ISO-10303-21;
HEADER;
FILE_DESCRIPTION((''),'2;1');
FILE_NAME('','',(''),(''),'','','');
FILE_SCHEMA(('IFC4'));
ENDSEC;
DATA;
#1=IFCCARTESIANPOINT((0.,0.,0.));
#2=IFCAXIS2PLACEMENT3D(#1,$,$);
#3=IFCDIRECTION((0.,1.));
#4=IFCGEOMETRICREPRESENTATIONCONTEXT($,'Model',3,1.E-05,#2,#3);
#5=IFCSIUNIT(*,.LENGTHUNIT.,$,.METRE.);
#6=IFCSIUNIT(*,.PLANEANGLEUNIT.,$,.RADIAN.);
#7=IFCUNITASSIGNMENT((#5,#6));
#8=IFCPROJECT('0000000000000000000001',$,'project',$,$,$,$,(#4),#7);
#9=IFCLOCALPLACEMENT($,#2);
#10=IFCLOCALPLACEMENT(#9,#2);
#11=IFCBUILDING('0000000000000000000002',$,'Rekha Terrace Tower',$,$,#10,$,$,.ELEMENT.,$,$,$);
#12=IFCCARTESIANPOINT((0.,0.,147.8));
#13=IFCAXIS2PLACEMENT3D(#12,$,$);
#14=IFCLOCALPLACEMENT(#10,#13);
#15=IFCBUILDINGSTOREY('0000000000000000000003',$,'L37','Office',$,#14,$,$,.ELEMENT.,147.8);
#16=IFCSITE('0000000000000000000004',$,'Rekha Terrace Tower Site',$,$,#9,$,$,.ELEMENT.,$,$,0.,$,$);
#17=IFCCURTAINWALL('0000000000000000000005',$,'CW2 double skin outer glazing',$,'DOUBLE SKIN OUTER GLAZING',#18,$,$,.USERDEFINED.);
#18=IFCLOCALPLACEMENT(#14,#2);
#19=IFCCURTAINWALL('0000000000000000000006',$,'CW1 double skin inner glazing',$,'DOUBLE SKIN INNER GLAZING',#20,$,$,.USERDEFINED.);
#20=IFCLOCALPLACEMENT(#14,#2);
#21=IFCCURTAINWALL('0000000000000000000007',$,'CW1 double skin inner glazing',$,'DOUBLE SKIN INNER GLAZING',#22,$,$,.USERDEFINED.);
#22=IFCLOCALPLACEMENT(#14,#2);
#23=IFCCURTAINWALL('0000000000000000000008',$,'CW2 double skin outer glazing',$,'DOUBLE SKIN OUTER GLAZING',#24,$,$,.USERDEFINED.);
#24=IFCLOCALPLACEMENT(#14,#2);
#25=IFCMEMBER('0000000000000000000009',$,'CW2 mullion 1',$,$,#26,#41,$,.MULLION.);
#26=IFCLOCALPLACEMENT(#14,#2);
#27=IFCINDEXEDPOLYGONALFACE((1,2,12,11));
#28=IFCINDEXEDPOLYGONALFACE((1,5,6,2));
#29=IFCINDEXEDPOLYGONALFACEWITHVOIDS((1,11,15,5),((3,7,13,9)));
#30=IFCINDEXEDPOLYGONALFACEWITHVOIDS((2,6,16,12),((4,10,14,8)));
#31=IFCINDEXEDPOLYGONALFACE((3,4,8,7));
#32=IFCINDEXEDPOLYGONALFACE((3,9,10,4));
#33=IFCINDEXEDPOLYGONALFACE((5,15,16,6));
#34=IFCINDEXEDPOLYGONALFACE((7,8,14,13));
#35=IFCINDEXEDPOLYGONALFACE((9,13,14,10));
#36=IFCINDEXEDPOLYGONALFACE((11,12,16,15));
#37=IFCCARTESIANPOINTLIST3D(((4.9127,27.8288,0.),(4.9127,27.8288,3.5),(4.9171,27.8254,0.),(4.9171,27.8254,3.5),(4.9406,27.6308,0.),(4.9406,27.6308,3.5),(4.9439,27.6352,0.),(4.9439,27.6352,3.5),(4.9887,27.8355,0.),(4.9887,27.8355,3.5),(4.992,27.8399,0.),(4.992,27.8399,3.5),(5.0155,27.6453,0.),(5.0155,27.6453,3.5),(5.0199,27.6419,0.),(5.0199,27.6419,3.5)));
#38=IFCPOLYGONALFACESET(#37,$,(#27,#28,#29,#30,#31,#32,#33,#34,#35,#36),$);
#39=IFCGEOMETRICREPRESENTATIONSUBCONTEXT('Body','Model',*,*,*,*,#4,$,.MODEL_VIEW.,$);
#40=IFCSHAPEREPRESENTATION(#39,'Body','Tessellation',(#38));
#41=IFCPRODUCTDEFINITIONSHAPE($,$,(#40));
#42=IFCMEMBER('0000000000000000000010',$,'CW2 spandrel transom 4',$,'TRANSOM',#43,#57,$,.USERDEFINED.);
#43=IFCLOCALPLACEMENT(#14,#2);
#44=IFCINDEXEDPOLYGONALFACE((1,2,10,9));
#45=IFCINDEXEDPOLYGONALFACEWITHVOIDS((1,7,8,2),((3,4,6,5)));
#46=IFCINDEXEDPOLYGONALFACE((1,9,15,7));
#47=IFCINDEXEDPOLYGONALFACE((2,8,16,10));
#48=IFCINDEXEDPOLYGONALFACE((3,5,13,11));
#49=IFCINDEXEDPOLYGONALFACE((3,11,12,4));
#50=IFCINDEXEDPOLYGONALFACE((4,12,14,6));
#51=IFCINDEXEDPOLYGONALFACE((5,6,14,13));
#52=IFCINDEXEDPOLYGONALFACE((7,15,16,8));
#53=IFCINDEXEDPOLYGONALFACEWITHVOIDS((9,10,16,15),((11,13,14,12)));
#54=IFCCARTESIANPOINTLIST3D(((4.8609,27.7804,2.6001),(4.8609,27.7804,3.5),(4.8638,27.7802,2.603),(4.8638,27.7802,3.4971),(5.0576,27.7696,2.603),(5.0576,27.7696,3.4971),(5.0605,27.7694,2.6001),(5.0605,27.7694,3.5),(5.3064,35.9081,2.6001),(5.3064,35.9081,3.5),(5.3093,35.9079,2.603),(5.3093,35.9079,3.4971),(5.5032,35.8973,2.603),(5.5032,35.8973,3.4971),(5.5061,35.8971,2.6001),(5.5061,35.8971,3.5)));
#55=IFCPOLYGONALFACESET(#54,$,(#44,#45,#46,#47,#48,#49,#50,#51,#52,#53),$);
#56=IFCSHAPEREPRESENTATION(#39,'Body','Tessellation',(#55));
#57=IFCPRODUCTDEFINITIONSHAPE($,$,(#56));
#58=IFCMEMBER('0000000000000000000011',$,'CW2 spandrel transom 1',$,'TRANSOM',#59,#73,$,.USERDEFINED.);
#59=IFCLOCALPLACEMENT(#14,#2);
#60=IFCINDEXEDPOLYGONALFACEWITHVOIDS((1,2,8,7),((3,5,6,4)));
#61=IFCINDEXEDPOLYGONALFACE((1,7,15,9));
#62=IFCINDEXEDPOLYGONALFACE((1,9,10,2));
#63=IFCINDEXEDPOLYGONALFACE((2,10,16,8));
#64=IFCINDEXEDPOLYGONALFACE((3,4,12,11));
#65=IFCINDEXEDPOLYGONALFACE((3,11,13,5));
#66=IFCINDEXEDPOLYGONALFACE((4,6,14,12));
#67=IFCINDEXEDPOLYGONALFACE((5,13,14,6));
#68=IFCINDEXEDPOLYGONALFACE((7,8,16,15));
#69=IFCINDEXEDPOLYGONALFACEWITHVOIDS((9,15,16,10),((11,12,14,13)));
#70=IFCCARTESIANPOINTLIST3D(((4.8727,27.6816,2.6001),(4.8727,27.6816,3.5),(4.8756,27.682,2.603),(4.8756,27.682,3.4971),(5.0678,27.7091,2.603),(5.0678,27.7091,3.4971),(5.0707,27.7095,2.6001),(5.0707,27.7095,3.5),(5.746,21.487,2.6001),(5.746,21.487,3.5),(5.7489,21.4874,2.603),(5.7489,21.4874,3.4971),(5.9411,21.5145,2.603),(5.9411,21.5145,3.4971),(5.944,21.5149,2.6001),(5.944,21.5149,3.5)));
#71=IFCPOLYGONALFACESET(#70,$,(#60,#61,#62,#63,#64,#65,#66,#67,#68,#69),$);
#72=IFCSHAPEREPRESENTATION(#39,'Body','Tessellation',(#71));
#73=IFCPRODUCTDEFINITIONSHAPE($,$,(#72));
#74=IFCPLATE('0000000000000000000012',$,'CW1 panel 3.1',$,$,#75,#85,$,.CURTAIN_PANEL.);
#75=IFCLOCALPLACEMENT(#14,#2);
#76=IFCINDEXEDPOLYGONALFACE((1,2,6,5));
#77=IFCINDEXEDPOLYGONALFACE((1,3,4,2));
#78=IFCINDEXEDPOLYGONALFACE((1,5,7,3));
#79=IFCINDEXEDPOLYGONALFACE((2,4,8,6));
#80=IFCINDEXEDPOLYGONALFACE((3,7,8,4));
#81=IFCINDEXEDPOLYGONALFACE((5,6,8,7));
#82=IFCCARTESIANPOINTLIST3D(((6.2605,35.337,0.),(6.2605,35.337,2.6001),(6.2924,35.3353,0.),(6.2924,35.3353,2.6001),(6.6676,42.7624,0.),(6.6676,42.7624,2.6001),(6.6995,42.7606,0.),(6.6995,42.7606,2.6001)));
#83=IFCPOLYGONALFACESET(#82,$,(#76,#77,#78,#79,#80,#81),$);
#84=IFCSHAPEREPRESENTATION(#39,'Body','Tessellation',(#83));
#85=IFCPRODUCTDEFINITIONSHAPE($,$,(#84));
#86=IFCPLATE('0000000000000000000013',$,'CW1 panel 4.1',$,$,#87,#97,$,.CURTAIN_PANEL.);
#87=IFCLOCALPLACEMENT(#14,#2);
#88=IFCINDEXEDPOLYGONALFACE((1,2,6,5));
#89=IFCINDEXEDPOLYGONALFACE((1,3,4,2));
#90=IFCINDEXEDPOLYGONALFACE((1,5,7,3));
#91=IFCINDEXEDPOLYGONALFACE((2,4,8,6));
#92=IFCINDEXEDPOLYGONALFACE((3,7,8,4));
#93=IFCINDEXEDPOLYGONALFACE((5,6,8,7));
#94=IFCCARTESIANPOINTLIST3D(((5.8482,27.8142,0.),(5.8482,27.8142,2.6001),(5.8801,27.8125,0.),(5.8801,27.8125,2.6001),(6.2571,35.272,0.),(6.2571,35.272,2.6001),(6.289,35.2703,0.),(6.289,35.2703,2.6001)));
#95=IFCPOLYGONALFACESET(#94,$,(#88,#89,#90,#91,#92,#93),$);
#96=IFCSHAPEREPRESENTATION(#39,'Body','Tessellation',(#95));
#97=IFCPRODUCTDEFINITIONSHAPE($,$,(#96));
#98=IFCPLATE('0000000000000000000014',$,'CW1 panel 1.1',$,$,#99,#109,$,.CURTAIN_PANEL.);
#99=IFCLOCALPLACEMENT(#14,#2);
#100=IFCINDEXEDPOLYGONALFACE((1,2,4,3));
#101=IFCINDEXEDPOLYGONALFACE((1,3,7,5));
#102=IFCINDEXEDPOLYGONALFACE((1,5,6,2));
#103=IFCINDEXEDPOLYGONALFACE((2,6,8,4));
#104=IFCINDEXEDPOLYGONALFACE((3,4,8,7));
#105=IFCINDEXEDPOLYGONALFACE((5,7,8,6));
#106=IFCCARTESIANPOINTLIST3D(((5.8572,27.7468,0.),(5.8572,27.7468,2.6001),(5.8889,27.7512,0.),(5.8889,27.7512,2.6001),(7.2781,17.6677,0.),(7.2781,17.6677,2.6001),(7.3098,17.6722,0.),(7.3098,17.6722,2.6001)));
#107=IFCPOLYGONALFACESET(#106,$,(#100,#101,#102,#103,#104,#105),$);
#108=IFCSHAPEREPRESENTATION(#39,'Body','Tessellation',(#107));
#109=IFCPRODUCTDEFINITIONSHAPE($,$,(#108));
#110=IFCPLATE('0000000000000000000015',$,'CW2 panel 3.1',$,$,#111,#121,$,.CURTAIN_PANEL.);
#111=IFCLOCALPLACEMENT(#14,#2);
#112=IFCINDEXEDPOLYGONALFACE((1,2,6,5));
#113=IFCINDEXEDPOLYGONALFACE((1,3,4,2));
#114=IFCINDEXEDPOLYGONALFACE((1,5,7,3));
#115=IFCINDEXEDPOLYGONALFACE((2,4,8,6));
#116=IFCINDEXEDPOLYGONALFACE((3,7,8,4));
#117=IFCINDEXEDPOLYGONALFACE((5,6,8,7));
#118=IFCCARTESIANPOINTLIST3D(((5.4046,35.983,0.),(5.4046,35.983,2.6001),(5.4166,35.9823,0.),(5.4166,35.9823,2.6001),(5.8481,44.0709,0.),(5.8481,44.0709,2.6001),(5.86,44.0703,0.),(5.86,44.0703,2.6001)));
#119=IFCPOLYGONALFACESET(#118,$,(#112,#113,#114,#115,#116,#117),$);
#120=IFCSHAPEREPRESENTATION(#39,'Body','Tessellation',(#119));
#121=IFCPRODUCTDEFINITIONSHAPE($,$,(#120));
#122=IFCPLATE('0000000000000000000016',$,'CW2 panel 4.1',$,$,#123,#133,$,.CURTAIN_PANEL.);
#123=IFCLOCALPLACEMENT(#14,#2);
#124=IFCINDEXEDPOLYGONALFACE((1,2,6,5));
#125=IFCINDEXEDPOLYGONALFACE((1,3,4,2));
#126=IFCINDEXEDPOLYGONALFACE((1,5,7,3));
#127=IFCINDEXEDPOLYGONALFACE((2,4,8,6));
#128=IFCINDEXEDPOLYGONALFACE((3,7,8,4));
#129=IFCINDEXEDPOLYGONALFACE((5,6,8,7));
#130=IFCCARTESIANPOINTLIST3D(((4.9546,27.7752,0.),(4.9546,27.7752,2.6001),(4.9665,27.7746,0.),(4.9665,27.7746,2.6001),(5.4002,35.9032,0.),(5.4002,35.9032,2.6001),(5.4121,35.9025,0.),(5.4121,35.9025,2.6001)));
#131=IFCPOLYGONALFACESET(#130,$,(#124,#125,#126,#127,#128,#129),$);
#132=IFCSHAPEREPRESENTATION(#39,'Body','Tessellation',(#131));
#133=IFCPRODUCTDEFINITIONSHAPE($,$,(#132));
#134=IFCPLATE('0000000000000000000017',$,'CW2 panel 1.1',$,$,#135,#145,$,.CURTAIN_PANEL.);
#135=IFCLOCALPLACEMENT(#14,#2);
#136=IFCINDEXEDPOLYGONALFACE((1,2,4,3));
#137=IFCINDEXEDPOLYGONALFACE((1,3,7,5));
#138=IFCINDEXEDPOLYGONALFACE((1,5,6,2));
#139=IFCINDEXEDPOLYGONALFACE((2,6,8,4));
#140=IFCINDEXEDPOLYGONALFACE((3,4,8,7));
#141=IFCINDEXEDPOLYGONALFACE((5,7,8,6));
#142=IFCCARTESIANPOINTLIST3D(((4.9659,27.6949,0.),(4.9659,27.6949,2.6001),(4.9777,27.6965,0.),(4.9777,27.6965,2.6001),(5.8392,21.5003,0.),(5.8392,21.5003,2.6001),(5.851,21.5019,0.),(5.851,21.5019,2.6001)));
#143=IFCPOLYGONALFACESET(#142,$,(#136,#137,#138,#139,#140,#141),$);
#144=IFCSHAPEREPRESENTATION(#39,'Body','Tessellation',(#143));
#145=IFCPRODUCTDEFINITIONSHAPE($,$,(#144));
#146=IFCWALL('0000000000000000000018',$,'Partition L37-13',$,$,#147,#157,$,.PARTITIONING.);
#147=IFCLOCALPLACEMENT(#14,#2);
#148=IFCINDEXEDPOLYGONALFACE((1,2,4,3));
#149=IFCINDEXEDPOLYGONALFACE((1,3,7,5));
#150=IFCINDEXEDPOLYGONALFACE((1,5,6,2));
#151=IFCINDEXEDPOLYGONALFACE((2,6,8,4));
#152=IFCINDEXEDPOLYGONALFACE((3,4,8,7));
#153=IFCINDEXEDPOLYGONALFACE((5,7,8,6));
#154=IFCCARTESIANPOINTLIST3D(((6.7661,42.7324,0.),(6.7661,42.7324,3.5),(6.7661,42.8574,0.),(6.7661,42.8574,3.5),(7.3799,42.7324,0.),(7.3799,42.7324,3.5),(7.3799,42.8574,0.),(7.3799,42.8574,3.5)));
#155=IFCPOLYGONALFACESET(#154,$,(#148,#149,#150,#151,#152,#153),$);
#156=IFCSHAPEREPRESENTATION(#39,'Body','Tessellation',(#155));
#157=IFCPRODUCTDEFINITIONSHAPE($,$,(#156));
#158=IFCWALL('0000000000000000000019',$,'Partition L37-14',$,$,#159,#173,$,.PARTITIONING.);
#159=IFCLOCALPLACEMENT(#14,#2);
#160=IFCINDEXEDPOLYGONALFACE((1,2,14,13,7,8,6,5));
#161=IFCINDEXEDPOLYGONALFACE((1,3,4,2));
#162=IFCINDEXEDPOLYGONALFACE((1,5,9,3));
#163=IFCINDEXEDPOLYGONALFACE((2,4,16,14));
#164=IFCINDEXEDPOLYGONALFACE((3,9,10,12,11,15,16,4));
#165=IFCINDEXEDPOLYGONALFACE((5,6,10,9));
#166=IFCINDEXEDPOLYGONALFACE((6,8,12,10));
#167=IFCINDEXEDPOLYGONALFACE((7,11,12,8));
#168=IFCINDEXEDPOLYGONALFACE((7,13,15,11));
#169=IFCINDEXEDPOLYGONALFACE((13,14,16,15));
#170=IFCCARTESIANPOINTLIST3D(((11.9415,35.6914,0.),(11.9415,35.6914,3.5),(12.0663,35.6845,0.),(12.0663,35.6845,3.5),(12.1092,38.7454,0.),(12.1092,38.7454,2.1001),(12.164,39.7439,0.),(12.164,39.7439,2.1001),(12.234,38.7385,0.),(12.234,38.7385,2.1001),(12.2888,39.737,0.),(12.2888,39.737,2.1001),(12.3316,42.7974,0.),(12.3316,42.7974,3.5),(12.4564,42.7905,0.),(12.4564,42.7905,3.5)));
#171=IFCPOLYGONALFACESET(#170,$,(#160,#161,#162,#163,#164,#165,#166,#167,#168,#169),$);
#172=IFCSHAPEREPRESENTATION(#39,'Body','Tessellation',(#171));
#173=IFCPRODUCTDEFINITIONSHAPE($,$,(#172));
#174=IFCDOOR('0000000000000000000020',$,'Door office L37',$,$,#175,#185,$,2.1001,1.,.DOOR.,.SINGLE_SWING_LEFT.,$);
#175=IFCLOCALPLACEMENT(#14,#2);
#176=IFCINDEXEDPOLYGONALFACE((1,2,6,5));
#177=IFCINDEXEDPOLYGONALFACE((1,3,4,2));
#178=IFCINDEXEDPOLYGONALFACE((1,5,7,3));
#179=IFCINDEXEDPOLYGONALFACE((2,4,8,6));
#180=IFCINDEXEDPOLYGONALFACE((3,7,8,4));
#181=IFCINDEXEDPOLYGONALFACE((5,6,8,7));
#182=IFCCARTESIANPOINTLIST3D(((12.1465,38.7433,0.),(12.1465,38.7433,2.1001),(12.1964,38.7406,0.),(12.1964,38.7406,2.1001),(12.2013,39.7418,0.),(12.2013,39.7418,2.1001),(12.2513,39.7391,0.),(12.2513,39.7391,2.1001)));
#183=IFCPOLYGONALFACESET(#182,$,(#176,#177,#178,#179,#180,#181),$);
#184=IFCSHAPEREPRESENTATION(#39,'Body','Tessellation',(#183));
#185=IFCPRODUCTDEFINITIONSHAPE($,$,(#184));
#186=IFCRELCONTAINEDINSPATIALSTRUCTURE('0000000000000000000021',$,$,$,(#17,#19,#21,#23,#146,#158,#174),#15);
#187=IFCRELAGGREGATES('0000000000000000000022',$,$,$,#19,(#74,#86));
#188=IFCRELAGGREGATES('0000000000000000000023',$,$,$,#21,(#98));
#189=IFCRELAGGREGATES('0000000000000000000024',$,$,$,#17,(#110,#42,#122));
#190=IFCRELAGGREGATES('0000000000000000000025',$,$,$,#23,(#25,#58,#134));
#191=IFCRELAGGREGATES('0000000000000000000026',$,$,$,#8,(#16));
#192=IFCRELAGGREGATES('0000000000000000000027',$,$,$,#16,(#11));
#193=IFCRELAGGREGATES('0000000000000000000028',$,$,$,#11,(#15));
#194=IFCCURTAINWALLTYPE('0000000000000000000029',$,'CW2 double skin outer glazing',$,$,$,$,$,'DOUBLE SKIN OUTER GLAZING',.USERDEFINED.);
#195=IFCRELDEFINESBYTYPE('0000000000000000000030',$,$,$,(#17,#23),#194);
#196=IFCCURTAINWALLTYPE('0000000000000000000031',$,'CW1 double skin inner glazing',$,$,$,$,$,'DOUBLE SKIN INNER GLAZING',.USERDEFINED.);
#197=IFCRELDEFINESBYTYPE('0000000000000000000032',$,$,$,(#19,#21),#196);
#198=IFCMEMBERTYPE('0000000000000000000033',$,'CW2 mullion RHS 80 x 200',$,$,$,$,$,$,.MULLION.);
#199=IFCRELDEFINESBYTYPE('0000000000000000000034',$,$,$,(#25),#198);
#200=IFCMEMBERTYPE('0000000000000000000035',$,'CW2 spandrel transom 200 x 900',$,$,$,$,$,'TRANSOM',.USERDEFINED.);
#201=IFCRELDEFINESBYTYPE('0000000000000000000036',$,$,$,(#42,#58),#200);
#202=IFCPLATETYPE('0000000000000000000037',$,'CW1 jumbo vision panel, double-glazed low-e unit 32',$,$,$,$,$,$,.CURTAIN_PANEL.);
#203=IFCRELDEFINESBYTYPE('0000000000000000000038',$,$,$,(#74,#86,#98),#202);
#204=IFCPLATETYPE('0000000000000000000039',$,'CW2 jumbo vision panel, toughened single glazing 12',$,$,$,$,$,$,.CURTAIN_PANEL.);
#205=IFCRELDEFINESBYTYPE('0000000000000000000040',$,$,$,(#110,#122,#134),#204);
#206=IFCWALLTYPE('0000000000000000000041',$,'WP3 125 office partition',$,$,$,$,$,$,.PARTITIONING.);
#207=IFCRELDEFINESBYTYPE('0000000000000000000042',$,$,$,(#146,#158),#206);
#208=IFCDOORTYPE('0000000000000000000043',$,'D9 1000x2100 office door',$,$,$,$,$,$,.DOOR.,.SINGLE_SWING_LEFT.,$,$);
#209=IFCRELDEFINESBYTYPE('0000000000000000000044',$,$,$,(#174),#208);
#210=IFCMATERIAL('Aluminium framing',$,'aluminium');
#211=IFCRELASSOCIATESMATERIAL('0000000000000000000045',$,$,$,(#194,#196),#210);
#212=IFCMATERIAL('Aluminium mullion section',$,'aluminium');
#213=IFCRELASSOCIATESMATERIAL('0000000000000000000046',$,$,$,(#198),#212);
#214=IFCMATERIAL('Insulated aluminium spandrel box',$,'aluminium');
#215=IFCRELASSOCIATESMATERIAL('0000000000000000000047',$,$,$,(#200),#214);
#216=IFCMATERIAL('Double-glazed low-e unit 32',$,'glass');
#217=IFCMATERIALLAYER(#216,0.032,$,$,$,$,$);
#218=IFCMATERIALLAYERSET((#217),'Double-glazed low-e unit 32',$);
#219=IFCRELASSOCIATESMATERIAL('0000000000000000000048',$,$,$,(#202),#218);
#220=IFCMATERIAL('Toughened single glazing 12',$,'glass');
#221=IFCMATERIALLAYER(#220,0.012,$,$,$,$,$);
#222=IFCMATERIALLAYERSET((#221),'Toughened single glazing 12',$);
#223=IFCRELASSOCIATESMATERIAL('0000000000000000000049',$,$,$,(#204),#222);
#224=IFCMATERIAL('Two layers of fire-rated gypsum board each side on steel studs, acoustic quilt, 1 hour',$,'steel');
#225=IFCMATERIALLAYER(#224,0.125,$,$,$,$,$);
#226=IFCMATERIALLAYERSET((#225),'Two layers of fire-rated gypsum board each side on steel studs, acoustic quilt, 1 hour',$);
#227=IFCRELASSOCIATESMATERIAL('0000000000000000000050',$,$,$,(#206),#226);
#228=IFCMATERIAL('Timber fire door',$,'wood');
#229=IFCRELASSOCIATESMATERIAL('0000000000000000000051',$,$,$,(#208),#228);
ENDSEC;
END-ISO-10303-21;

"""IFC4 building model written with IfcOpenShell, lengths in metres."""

from ifc_helpers import new_model, si_unit, direction, frame, frame_2d, origin, origin_2d, place, context, subcontext, project, spatial, rectangle, hollow_rectangle, extrude, material, layer, layer_set, material_profile, profile_set, type_object, element, fill, aggregate, save


model = new_model("IFC4")

# Units and contexts
model_context = context("Model", 3, precision=1e-05, world=origin(), true_north=direction((0.0, 1.0)))
body_context = subcontext(model_context, "Body", "Model", "MODEL_VIEW")
ifc_project = project(units=[si_unit("LENGTHUNIT", "METRE"), si_unit("PLANEANGLEUNIT", "RADIAN")], contexts=[model_context])

# Site, building, storey
site_placement = place(None, origin())
site = spatial("IfcSite", under=ifc_project, at=site_placement, Name="Rekha Terrace Tower Site", CompositionType="ELEMENT", RefElevation=0.0)
building_placement = place(site_placement, origin())
building = spatial("IfcBuilding", under=site, at=building_placement, Name="Rekha Terrace Tower", CompositionType="ELEMENT")
storey_placement = place(building_placement, frame((0.0, 0.0, 147.8)))
storey = spatial("IfcBuildingStorey", under=building, at=storey_placement, Name="L37", Description="Office", CompositionType="ELEMENT", Elevation=147.8)

# Curtain wall
ifc_material_1 = material(Name="Aluminium framing", Category="aluminium")
curtain_wall_type_1 = type_object("IfcCurtainWallType", Name="CW2 double skin outer glazing", ElementType="DOUBLE SKIN OUTER GLAZING", PredefinedType="USERDEFINED", material=ifc_material_1)
curtain_wall_1_placement = place(storey_placement, origin())
curtain_wall_1 = element("IfcCurtainWall", 1, at=curtain_wall_1_placement, inside=storey, type_object=curtain_wall_type_1, Name="CW2 double skin outer glazing", ObjectType="DOUBLE SKIN OUTER GLAZING", PredefinedType="USERDEFINED")

# Curtain wall
curtain_wall_type_2 = type_object("IfcCurtainWallType", Name="CW1 double skin inner glazing", ElementType="DOUBLE SKIN INNER GLAZING", PredefinedType="USERDEFINED", material=ifc_material_1)
curtain_wall_2_placement = place(storey_placement, origin())
curtain_wall_2 = element("IfcCurtainWall", 2, at=curtain_wall_2_placement, inside=storey, type_object=curtain_wall_type_2, Name="CW1 double skin inner glazing", ObjectType="DOUBLE SKIN INNER GLAZING", PredefinedType="USERDEFINED")
ifc_material_2 = material(Name="Aluminium mullion section", Category="aluminium")

# Curtain wall
curtain_wall_3_placement = place(storey_placement, origin())
curtain_wall_3 = element("IfcCurtainWall", 3, at=curtain_wall_3_placement, inside=storey, type_object=curtain_wall_type_2, Name="CW1 double skin inner glazing", ObjectType="DOUBLE SKIN INNER GLAZING", PredefinedType="USERDEFINED")

# Shared definitions
ifc_material_3 = material(Name="Insulated aluminium spandrel box", Category="aluminium")
ifc_material_profile_1 = material_profile(ifc_material_2, hollow_rectangle(XDim=0.0801, YDim=0.2, WallThickness=0.0039, at=origin_2d()), Name="AL RHS 80x200")
ifc_profile_set_1 = profile_set([ifc_material_profile_1], Name="Aluminium mullion section")
member_type_1 = type_object("IfcMemberType", Name="CW2 mullion RHS 80 x 200", PredefinedType="MULLION", material=ifc_profile_set_1)

# Curtain wall, member
curtain_wall_4_placement = place(storey_placement, origin())
curtain_wall_4 = element("IfcCurtainWall", 4, at=curtain_wall_4_placement, inside=storey, type_object=curtain_wall_type_1, Name="CW2 double skin outer glazing", ObjectType="DOUBLE SKIN OUTER GLAZING", PredefinedType="USERDEFINED")
member_1_placement = place(storey_placement, frame((4.9663, 27.7354, 0.0), z_axis=(0.0, 0.0, 1.0), x_axis=(0.990208, 0.139597, 0.0)))
member_1 = element("IfcMember", 5, at=member_1_placement, type_object=member_type_1, Name="CW2 mullion 1", PredefinedType="MULLION", context=body_context, shape_type="SweptSolid", body=[
    extrude(hollow_rectangle(XDim=0.0801, YDim=0.2, WallThickness=0.0039, at=origin_2d()), origin(), (0.0, 0.0, 1.0), 3.5),
])

# Members
ifc_material_profile_2 = material_profile(ifc_material_3, hollow_rectangle(XDim=0.2, YDim=0.8999, WallThickness=0.0029, at=origin_2d()), Name="AL SPANDREL BOX 200x900")
ifc_profile_set_2 = profile_set([ifc_material_profile_2], Name="Insulated aluminium spandrel box")
member_type_2 = type_object("IfcMemberType", Name="CW2 spandrel transom 200 x 900", ElementType="TRANSOM", PredefinedType="USERDEFINED", material=ifc_profile_set_2)
member_2_placement = place(storey_placement, frame((5.4062, 35.9026, 3.05), z_axis=(-0.054737, -0.998501, 0.0), x_axis=(0.998501, -0.054737, 0.0)))
member_2 = element("IfcMember", 6, at=member_2_placement, type_object=member_type_2, Name="CW2 spandrel transom 4", ObjectType="TRANSOM", PredefinedType="USERDEFINED", context=body_context, shape_type="SweptSolid", body=[
    extrude(hollow_rectangle(XDim=0.2, YDim=0.8999, WallThickness=0.0029, at=origin_2d()), origin(), (0.0, 0.0, 1.0), 8.1399),
])
member_3_placement = place(storey_placement, frame((4.9717, 27.6956, 3.05), z_axis=(0.139596, -0.990209, 0.0), x_axis=(0.990209, 0.139596, 0.0)))
member_3 = element("IfcMember", 7, at=member_3_placement, type_object=member_type_2, Name="CW2 spandrel transom 1", ObjectType="TRANSOM", PredefinedType="USERDEFINED", context=body_context, shape_type="SweptSolid", body=[
    extrude(hollow_rectangle(XDim=0.2, YDim=0.8999, WallThickness=0.0029, at=origin_2d()), origin(), (0.0, 0.0, 1.0), 6.2559),
])

# Plates
ifc_material_4 = material(Name="Double-glazed low-e unit 32", Category="glass")
ifc_layer_1 = layer(ifc_material_4, 0.032)
ifc_layer_set_1 = layer_set([ifc_layer_1], Name="Double-glazed low-e unit 32")
plate_type_1 = type_object("IfcPlateType", Name="CW1 jumbo vision panel, double-glazed low-e unit 32", PredefinedType="CURTAIN_PANEL", material=ifc_layer_set_1)
plate_1_placement = place(storey_placement, frame((6.48, 39.0488, 0.0), z_axis=(0.0, 0.0, 1.0), x_axis=(-0.054742, -0.998501, 0.0)))
plate_1 = element("IfcPlate", 8, at=plate_1_placement, type_object=plate_type_1, Name="CW1 panel 3.1", PredefinedType="CURTAIN_PANEL", context=body_context, shape_type="SweptSolid", body=[
    extrude(rectangle(XDim=7.4365, YDim=0.032, at=origin_2d()), origin(), (0.0, 0.0, 1.0), 2.6001),
])
plate_2_placement = place(storey_placement, frame((6.0686, 31.5422, 0.0), z_axis=(0.0, 0.0, 1.0), x_axis=(-0.054742, -0.998501, 0.0)))
plate_2 = element("IfcPlate", 9, at=plate_2_placement, type_object=plate_type_1, Name="CW1 panel 4.1", PredefinedType="CURTAIN_PANEL", context=body_context, shape_type="SweptSolid", body=[
    extrude(rectangle(XDim=7.469, YDim=0.032, at=origin_2d()), origin(), (0.0, 0.0, 1.0), 2.6001),
])
aggregate(curtain_wall_2, [plate_1, plate_2])
plate_3_placement = place(storey_placement, frame((6.5835, 22.7095, 0.0), z_axis=(0.0, 0.0, 1.0), x_axis=(0.139597, -0.990208, 0.0)))
plate_3 = element("IfcPlate", 10, at=plate_3_placement, type_object=plate_type_1, Name="CW1 panel 1.1", PredefinedType="CURTAIN_PANEL", context=body_context, shape_type="SweptSolid", body=[
    extrude(rectangle(XDim=10.1787, YDim=0.032, at=origin_2d()), origin(), (0.0, 0.0, 1.0), 2.6001),
])
aggregate(curtain_wall_3, [plate_3])
ifc_material_5 = material(Name="Toughened single glazing 12", Category="glass")
ifc_layer_2 = layer(ifc_material_5, 0.012)
ifc_layer_set_2 = layer_set([ifc_layer_2], Name="Toughened single glazing 12")
plate_type_2 = type_object("IfcPlateType", Name="CW2 jumbo vision panel, toughened single glazing 12", PredefinedType="CURTAIN_PANEL", material=ifc_layer_set_2)
plate_4_placement = place(storey_placement, frame((5.6323, 40.0266, 0.0), z_axis=(0.0, 0.0, 1.0), x_axis=(-0.054742, -0.998501, 0.0)))
plate_4 = element("IfcPlate", 11, at=plate_4_placement, type_object=plate_type_2, Name="CW2 panel 3.1", PredefinedType="CURTAIN_PANEL", context=body_context, shape_type="SweptSolid", body=[
    extrude(rectangle(XDim=8.1001, YDim=0.012, at=origin_2d()), origin(), (0.0, 0.0, 1.0), 2.6001),
])
plate_5_placement = place(storey_placement, frame((5.1833, 31.8389, 0.0), z_axis=(0.0, 0.0, 1.0), x_axis=(-0.054742, -0.998501, 0.0)))
plate_5 = element("IfcPlate", 12, at=plate_5_placement, type_object=plate_type_2, Name="CW2 panel 4.1", PredefinedType="CURTAIN_PANEL", context=body_context, shape_type="SweptSolid", body=[
    extrude(rectangle(XDim=8.1401, YDim=0.012, at=origin_2d()), origin(), (0.0, 0.0, 1.0), 2.6001),
])
aggregate(curtain_wall_1, [plate_4, member_2, plate_5])
plate_6_placement = place(storey_placement, frame((5.4084, 24.5984, 0.0), z_axis=(0.0, 0.0, 1.0), x_axis=(0.139597, -0.990208, 0.0)))
plate_6 = element("IfcPlate", 13, at=plate_6_placement, type_object=plate_type_2, Name="CW2 panel 1.1", PredefinedType="CURTAIN_PANEL", context=body_context, shape_type="SweptSolid", body=[
    extrude(rectangle(XDim=6.2559, YDim=0.012, at=origin_2d()), origin(), (0.0, 0.0, 1.0), 2.6001),
])
aggregate(curtain_wall_4, [member_1, member_3, plate_6])

# Wall
ifc_material_6 = material(Name="Two layers of fire-rated gypsum board each side on steel studs, acoustic quilt, 1 hour", Category="steel")
ifc_layer_3 = layer(ifc_material_6, 0.125)
ifc_layer_set_3 = layer_set([ifc_layer_3], Name="Two layers of fire-rated gypsum board each side on steel studs, acoustic quilt, 1 hour")
wall_type = type_object("IfcWallType", Name="WP3 125 office partition", PredefinedType="PARTITIONING", material=ifc_layer_set_3)
wall_1_placement = place(storey_placement, frame((7.3799, 42.7949, 0.0), z_axis=(0.0, 0.0, 1.0), x_axis=(-1.0, 0.0, 0.0)))
element("IfcWall", 14, at=wall_1_placement, inside=storey, type_object=wall_type, Name="Partition L37-13", PredefinedType="PARTITIONING", context=body_context, shape_type="SweptSolid", body=[
    extrude(rectangle(XDim=0.6138, YDim=0.125, at=frame_2d((0.3069, 0.0))), origin(), (0.0, 0.0, 1.0), 3.5),
])

# Wall, opening, door
wall_2_placement = place(storey_placement, frame((12.394, 42.7939, 0.0), z_axis=(0.0, 0.0, 1.0), x_axis=(-0.05482, -0.998496, 0.0)))
wall_2 = element("IfcWall", 15, at=wall_2_placement, inside=storey, type_object=wall_type, Name="Partition L37-14", PredefinedType="PARTITIONING", context=body_context, shape_type="SweptSolid", body=[
    extrude(rectangle(XDim=7.1167, YDim=0.125, at=frame_2d((3.5583, 0.0))), origin(), (0.0, 0.0, 1.0), 3.5),
])
opening_1_placement = place(wall_2_placement, frame((3.0581, 0.0, 0.0)))
opening_1 = element("IfcOpeningElement", 16, at=opening_1_placement, cuts=wall_2, PredefinedType="OPENING", context=body_context, shape_type="SweptSolid", body=[
    extrude(rectangle(XDim=1.0, YDim=2.1001, at=frame_2d((0.5, 1.05))), frame((0.0, 0.0725, 0.0), z_axis=(0.0, -1.0, 0.0), x_axis=(1.0, 0.0, 0.0)), (0.0, 0.0, 1.0), 0.145),
])
ifc_material_7 = material(Name="Timber fire door", Category="wood")
door_type_1 = type_object("IfcDoorType", Name="D9 1000x2100 office door", OperationType="SINGLE_SWING_LEFT", PredefinedType="DOOR", material=ifc_material_7)
door_1_placement = place(opening_1_placement, origin())
door_1 = element("IfcDoor", 17, at=door_1_placement, inside=storey, type_object=door_type_1, Name="Door office L37", OperationType="SINGLE_SWING_LEFT", OverallHeight=2.1001, OverallWidth=1.0, PredefinedType="DOOR", context=body_context, shape_type="SweptSolid", body=[
    extrude(rectangle(XDim=1.0, YDim=2.1001, at=frame_2d((0.5, 1.05))), frame((0.0, 0.0249, 0.0), z_axis=(0.0, -1.0, 0.0), x_axis=(1.0, 0.0, 0.0)), (0.0, 0.0, 1.0), 0.05),
])
fill(opening_1, door_1)

save(model, "model.ifc")
